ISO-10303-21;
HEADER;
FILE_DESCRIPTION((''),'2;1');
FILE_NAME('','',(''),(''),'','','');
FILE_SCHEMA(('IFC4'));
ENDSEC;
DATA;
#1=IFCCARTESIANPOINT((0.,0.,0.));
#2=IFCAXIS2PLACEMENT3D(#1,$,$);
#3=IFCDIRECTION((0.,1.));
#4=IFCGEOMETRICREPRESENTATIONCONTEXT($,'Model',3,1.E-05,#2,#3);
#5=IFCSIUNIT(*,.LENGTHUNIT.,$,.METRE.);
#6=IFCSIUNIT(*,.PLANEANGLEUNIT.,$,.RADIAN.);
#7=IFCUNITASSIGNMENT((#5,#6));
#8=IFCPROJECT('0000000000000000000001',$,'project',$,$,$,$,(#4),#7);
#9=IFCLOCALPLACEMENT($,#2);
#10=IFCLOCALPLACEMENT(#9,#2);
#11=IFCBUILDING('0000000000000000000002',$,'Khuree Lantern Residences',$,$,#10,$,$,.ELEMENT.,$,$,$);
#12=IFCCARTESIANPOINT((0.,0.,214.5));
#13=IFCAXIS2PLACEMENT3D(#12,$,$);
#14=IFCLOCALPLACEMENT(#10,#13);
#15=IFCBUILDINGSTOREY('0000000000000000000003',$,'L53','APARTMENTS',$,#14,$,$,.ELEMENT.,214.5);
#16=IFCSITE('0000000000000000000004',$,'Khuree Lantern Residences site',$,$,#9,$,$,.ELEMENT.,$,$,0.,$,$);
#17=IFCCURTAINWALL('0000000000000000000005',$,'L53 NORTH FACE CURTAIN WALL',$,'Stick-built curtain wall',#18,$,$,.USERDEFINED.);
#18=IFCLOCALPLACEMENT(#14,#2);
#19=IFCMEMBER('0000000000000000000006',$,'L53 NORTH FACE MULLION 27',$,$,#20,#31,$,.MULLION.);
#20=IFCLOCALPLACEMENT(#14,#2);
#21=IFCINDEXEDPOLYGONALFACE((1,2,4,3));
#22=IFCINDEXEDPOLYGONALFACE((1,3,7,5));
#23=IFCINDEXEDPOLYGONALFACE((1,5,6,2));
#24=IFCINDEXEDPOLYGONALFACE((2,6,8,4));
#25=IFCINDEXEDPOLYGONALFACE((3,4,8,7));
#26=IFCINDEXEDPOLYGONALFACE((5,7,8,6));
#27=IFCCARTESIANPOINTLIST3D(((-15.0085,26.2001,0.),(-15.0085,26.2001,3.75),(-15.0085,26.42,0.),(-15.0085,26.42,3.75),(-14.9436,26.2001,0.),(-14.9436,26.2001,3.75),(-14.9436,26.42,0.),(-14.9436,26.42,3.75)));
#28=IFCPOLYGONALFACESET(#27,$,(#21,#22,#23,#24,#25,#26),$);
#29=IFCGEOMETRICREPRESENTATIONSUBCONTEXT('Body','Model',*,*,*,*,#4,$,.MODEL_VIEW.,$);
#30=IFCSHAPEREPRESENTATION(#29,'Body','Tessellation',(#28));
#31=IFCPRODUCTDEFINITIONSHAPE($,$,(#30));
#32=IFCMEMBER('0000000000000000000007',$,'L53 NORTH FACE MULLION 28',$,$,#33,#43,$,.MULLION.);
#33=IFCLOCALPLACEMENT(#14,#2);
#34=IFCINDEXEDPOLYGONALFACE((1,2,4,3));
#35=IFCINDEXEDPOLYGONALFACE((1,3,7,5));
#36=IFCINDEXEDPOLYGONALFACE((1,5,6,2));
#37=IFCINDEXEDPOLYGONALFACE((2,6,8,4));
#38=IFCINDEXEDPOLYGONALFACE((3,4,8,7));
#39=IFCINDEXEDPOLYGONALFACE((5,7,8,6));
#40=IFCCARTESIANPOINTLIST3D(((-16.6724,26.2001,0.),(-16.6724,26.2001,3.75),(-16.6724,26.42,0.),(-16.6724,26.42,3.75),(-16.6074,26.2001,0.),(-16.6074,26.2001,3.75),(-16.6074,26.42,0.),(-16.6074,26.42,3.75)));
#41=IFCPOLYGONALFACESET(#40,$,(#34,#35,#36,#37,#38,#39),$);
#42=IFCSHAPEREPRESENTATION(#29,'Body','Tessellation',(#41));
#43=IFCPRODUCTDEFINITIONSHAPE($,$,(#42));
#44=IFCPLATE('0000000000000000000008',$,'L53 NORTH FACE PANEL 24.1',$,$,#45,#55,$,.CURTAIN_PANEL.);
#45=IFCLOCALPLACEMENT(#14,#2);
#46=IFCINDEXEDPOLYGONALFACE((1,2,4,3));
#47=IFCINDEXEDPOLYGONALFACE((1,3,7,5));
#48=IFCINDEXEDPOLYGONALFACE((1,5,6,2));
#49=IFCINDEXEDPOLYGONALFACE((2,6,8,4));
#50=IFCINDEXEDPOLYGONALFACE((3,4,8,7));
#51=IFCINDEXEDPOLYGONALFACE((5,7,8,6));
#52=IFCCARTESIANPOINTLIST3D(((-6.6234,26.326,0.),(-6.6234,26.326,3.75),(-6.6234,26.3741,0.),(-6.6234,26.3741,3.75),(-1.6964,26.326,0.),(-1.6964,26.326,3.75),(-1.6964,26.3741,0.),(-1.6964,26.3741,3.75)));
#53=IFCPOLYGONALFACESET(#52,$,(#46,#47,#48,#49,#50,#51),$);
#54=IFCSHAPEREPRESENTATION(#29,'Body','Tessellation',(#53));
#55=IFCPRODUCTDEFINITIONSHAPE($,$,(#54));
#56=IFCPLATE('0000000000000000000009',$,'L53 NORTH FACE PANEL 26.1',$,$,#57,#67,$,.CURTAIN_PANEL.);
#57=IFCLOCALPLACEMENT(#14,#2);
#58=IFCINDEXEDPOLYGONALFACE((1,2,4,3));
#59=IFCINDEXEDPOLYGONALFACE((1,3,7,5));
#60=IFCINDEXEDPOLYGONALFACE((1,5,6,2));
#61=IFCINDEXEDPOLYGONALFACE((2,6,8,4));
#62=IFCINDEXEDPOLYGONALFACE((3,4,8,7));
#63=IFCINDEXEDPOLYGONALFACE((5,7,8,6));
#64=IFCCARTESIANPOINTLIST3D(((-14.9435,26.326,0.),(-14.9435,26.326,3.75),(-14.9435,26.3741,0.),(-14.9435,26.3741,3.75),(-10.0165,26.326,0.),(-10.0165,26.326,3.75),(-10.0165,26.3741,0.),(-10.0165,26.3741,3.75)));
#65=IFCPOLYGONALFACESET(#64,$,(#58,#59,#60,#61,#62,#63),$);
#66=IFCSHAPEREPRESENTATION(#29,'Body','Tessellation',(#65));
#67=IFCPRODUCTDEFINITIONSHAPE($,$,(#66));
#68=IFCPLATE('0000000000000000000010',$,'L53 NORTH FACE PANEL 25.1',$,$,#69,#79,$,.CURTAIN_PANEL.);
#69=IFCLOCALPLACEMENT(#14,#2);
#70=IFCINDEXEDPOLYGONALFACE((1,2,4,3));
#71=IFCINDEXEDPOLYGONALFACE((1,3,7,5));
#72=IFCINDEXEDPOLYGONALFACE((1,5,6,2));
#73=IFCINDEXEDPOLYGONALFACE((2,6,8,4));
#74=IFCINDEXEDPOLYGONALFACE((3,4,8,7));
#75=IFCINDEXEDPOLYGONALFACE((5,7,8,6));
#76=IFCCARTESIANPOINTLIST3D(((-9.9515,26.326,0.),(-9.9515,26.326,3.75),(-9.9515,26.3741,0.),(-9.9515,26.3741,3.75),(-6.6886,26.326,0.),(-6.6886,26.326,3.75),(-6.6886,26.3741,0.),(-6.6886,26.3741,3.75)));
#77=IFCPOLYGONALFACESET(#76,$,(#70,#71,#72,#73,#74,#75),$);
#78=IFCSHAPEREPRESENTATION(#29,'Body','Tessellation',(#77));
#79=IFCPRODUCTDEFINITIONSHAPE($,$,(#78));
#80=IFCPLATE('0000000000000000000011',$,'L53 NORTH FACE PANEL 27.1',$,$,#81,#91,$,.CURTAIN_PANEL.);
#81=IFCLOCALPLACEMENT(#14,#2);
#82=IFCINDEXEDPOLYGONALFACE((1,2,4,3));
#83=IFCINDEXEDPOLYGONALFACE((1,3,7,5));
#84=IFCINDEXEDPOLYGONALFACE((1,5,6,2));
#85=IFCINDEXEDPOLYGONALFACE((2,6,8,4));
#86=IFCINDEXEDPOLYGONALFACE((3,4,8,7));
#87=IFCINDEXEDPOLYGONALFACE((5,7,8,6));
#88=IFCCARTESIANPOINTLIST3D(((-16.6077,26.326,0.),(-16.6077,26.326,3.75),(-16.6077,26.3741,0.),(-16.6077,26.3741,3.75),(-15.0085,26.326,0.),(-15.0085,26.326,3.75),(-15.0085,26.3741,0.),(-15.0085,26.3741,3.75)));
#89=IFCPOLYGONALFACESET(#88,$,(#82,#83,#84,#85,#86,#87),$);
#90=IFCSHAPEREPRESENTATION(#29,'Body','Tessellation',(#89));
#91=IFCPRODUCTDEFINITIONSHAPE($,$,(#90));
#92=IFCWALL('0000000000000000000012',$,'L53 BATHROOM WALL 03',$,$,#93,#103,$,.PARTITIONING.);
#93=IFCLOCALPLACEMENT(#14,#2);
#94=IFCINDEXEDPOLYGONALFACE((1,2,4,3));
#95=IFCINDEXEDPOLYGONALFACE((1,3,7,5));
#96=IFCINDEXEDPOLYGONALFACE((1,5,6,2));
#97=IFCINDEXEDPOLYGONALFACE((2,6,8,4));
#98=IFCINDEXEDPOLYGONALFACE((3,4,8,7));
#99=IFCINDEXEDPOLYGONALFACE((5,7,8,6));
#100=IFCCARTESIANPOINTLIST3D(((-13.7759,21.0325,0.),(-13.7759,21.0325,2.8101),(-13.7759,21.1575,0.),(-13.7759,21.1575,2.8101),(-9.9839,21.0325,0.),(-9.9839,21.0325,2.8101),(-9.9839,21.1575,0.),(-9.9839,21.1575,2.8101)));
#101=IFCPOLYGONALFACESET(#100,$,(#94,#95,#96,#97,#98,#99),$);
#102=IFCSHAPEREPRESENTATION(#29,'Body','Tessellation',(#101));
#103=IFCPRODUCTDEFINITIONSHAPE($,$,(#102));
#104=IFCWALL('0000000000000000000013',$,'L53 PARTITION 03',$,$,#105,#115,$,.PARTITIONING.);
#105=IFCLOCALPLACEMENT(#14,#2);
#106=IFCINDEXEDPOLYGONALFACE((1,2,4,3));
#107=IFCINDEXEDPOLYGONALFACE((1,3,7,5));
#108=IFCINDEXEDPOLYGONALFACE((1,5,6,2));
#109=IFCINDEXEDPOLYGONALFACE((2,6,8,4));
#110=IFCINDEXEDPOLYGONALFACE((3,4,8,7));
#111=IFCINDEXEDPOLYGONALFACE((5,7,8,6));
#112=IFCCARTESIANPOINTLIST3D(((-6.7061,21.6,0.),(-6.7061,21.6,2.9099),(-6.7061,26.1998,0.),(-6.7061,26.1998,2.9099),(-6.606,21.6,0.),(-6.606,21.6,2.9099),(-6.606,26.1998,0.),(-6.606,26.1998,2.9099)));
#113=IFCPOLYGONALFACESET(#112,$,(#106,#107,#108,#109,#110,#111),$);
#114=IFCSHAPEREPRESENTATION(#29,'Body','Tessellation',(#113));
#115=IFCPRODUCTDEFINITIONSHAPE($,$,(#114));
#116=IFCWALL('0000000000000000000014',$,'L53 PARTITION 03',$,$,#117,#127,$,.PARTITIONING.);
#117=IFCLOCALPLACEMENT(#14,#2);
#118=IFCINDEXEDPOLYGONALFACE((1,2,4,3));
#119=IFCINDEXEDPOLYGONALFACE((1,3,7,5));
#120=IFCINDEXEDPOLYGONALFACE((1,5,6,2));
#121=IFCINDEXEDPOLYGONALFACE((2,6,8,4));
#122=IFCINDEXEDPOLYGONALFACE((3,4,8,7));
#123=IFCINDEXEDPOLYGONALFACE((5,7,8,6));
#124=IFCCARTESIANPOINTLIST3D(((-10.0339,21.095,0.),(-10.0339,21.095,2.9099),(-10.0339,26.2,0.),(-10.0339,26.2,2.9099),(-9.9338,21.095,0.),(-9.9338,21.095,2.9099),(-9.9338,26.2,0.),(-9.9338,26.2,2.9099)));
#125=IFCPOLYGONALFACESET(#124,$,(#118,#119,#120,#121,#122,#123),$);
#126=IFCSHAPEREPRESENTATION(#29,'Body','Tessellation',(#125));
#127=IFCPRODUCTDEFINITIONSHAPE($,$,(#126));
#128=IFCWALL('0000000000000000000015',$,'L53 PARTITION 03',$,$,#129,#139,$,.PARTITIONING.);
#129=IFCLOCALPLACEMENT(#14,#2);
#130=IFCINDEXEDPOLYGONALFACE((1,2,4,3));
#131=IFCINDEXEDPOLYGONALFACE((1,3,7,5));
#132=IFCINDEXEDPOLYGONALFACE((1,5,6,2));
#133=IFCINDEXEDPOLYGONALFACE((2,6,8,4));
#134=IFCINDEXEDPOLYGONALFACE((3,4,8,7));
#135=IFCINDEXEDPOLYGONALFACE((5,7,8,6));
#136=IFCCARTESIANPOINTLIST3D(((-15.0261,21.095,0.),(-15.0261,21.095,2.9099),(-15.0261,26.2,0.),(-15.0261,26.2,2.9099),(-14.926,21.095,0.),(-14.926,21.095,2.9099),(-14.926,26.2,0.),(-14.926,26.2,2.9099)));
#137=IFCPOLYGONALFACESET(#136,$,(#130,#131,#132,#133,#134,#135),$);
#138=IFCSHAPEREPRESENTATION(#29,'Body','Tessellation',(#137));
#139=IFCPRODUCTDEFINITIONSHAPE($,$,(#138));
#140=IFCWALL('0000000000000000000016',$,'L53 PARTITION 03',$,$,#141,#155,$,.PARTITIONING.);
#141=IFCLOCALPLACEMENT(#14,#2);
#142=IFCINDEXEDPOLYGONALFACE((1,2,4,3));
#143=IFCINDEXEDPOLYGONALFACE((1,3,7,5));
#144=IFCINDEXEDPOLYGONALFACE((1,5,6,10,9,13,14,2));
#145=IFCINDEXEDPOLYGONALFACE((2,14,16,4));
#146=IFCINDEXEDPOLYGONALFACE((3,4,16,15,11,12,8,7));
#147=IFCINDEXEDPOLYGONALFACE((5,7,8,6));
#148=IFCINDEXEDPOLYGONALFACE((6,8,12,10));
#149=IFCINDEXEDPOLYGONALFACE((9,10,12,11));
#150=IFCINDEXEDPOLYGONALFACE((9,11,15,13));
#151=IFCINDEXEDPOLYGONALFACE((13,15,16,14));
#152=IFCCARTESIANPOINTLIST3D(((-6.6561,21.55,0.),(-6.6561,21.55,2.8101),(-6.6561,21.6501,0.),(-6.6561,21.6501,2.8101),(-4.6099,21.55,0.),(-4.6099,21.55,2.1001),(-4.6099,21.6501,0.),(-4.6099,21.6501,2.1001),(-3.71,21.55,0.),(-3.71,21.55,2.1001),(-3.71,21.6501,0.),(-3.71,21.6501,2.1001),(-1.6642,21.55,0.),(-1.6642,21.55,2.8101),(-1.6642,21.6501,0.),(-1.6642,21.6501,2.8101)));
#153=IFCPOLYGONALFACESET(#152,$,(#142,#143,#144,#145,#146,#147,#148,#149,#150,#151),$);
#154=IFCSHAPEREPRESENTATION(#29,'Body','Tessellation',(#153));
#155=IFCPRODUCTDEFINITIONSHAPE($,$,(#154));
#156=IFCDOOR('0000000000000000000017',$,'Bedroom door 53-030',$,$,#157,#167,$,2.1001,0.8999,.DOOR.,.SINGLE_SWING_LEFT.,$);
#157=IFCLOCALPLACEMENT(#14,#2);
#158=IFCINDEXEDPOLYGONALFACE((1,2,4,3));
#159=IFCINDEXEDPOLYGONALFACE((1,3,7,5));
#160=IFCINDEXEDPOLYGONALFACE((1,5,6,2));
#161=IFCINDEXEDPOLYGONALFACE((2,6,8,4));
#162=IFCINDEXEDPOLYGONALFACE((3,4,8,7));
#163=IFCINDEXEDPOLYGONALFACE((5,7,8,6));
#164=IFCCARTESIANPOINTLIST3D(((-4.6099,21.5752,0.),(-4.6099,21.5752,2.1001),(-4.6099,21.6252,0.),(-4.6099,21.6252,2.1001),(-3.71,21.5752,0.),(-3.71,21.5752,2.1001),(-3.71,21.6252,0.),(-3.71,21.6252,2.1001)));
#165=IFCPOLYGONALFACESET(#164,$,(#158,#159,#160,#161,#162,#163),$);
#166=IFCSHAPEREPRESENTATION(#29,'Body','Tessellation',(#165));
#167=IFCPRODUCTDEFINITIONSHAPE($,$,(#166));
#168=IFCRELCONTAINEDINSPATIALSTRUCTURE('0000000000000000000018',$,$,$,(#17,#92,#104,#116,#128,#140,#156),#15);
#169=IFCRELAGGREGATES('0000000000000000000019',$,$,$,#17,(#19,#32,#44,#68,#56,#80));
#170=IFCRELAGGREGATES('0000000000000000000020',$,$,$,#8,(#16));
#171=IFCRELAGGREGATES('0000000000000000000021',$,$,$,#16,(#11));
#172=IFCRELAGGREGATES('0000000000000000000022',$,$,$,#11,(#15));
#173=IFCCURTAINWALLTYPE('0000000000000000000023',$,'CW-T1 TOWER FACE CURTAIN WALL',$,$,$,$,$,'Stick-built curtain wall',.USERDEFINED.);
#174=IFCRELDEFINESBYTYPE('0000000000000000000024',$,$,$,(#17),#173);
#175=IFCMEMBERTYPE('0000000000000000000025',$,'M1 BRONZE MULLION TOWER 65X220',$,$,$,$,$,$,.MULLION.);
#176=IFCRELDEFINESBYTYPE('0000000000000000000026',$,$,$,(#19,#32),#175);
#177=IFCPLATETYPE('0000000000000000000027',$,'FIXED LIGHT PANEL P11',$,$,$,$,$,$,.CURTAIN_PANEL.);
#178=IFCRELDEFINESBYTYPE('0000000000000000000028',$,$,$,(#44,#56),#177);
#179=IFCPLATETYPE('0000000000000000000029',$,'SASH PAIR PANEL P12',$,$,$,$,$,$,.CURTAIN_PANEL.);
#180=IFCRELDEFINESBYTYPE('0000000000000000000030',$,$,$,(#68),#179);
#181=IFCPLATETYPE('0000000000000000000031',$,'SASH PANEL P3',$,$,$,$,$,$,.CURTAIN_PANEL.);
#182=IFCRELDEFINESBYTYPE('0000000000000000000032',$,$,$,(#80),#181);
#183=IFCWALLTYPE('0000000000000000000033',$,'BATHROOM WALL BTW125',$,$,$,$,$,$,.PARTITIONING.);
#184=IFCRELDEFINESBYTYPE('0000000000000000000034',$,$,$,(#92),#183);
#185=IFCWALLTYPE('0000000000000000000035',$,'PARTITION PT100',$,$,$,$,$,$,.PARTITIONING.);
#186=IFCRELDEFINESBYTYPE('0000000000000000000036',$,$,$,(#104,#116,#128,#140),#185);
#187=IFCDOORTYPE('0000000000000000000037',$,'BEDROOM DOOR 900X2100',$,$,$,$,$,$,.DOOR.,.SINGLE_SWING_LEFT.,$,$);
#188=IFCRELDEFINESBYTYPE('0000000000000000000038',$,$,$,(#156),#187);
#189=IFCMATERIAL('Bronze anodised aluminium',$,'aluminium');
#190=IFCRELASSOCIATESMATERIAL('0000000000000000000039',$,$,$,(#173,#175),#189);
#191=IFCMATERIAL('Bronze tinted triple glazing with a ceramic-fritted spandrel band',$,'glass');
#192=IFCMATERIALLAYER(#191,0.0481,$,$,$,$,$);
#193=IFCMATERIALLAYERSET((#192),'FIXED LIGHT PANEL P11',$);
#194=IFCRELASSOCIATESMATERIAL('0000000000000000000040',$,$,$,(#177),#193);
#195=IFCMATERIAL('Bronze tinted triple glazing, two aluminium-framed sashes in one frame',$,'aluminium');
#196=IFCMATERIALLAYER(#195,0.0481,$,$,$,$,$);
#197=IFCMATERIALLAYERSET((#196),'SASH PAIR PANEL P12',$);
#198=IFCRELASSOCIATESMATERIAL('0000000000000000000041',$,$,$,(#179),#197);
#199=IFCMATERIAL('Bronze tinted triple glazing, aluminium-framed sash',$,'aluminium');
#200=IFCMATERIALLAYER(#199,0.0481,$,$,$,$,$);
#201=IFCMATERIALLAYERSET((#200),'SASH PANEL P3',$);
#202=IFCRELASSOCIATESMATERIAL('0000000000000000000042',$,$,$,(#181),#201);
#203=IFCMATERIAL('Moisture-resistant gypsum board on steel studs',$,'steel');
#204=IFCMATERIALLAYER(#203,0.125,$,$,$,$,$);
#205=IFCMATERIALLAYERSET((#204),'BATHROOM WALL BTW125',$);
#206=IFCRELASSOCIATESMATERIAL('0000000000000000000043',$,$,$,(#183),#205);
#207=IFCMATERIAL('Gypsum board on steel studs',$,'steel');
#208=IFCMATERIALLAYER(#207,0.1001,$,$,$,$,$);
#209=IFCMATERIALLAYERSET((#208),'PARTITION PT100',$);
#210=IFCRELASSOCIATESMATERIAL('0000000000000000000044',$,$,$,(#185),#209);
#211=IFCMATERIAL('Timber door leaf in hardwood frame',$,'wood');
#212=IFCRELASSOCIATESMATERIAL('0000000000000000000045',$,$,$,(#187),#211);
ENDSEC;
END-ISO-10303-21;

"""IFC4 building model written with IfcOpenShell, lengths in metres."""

from ifc_helpers import new_model, si_unit, direction, frame, frame_2d, origin, origin_2d, place, context, subcontext, project, spatial, rectangle, extrude, material, layer, layer_set, material_profile, profile_set, type_object, element, fill, aggregate, save


model = new_model("IFC4")

# Units and contexts
model_context = context("Model", 3, precision=1e-05, world=origin(), true_north=direction((0.0, 1.0)))
body_context = subcontext(model_context, "Body", "Model", "MODEL_VIEW")
ifc_project = project(units=[si_unit("LENGTHUNIT", "METRE"), si_unit("PLANEANGLEUNIT", "RADIAN")], contexts=[model_context])

# Site, building, storey
site_placement = place(None, origin())
site = spatial("IfcSite", under=ifc_project, at=site_placement, Name="Khuree Lantern Residences site", CompositionType="ELEMENT", RefElevation=0.0)
building_placement = place(site_placement, origin())
building = spatial("IfcBuilding", under=site, at=building_placement, Name="Khuree Lantern Residences", CompositionType="ELEMENT")
storey_placement = place(building_placement, frame((0.0, 0.0, 214.5)))
storey = spatial("IfcBuildingStorey", under=building, at=storey_placement, Name="L53", Description="APARTMENTS", CompositionType="ELEMENT", Elevation=214.5)

# Curtain wall
ifc_material_1 = material(Name="Bronze anodised aluminium", Category="aluminium")
curtain_wall_type = type_object("IfcCurtainWallType", Name="CW-T1 TOWER FACE CURTAIN WALL", ElementType="Stick-built curtain wall", PredefinedType="USERDEFINED", material=ifc_material_1)
curtain_wall_placement = place(storey_placement, origin())
curtain_wall = element("IfcCurtainWall", 1, at=curtain_wall_placement, inside=storey, type_object=curtain_wall_type, Name="L53 NORTH FACE CURTAIN WALL", ObjectType="Stick-built curtain wall", PredefinedType="USERDEFINED")

# Members
ifc_material_profile_1 = material_profile(ifc_material_1, rectangle(XDim=0.0649, YDim=0.22, at=origin_2d()), Name="M1 65X220")
ifc_profile_set_1 = profile_set([ifc_material_profile_1], Name="Bronze anodised aluminium")
member_type_1 = type_object("IfcMemberType", Name="M1 BRONZE MULLION TOWER 65X220", PredefinedType="MULLION", material=ifc_profile_set_1)
member_1_placement = place(storey_placement, frame((-14.9761, 26.3101, 0.0), z_axis=(0.0, 0.0, 1.0), x_axis=(-1.0, 0.0, 0.0)))
member_1 = element("IfcMember", 2, at=member_1_placement, type_object=member_type_1, Name="L53 NORTH FACE MULLION 27", PredefinedType="MULLION", context=body_context, shape_type="SweptSolid", body=[
    extrude(rectangle(XDim=0.0649, YDim=0.22, at=origin_2d()), origin(), (0.0, 0.0, 1.0), 3.75),
])
member_2_placement = place(storey_placement, frame((-16.6399, 26.3101, 0.0), z_axis=(0.0, 0.0, 1.0), x_axis=(-1.0, 0.0, 0.0)))
member_2 = element("IfcMember", 3, at=member_2_placement, type_object=member_type_1, Name="L53 NORTH FACE MULLION 28", PredefinedType="MULLION", context=body_context, shape_type="SweptSolid", body=[
    extrude(rectangle(XDim=0.0649, YDim=0.22, at=origin_2d()), origin(), (0.0, 0.0, 1.0), 3.75),
])

# Plates
ifc_material_2 = material(Name="Bronze tinted triple glazing with a ceramic-fritted spandrel band", Category="glass")
ifc_layer_1 = layer(ifc_material_2, 0.0481)
ifc_layer_set_1 = layer_set([ifc_layer_1], Name="FIXED LIGHT PANEL P11")
plate_type_1 = type_object("IfcPlateType", Name="FIXED LIGHT PANEL P11", PredefinedType="CURTAIN_PANEL", material=ifc_layer_set_1)
plate_1_placement = place(storey_placement, frame((-4.1599, 26.3501, 0.0), z_axis=(0.0, 0.0, 1.0), x_axis=(-1.0, 0.0, 0.0)))
plate_1 = element("IfcPlate", 4, at=plate_1_placement, type_object=plate_type_1, Name="L53 NORTH FACE PANEL 24.1", PredefinedType="CURTAIN_PANEL", context=body_context, shape_type="SweptSolid", body=[
    extrude(rectangle(XDim=4.927, YDim=0.0481, at=origin_2d()), origin(), (0.0, 0.0, 1.0), 3.75),
])
plate_2_placement = place(storey_placement, frame((-12.48, 26.3501, 0.0), z_axis=(0.0, 0.0, 1.0), x_axis=(-1.0, 0.0, 0.0)))
plate_2 = element("IfcPlate", 5, at=plate_2_placement, type_object=plate_type_1, Name="L53 NORTH FACE PANEL 26.1", PredefinedType="CURTAIN_PANEL", context=body_context, shape_type="SweptSolid", body=[
    extrude(rectangle(XDim=4.927, YDim=0.0481, at=origin_2d()), origin(), (0.0, 0.0, 1.0), 3.75),
])
ifc_material_3 = material(Name="Bronze tinted triple glazing, two aluminium-framed sashes in one frame", Category="aluminium")
ifc_layer_2 = layer(ifc_material_3, 0.0481)
ifc_layer_set_2 = layer_set([ifc_layer_2], Name="SASH PAIR PANEL P12")
plate_type_2 = type_object("IfcPlateType", Name="SASH PAIR PANEL P12", PredefinedType="CURTAIN_PANEL", material=ifc_layer_set_2)
plate_3_placement = place(storey_placement, frame((-8.3201, 26.3501, 0.0), z_axis=(0.0, 0.0, 1.0), x_axis=(-1.0, 0.0, 0.0)))
plate_3 = element("IfcPlate", 6, at=plate_3_placement, type_object=plate_type_2, Name="L53 NORTH FACE PANEL 25.1", PredefinedType="CURTAIN_PANEL", context=body_context, shape_type="SweptSolid", body=[
    extrude(rectangle(XDim=3.2629, YDim=0.0481, at=origin_2d()), origin(), (0.0, 0.0, 1.0), 3.75),
])
ifc_material_4 = material(Name="Bronze tinted triple glazing, aluminium-framed sash", Category="aluminium")
ifc_layer_3 = layer(ifc_material_4, 0.0481)
ifc_layer_set_3 = layer_set([ifc_layer_3], Name="SASH PANEL P3")
plate_type_3 = type_object("IfcPlateType", Name="SASH PANEL P3", PredefinedType="CURTAIN_PANEL", material=ifc_layer_set_3)
plate_4_placement = place(storey_placement, frame((-15.8081, 26.3501, 0.0), z_axis=(0.0, 0.0, 1.0), x_axis=(-1.0, 0.0, 0.0)))
plate_4 = element("IfcPlate", 7, at=plate_4_placement, type_object=plate_type_3, Name="L53 NORTH FACE PANEL 27.1", PredefinedType="CURTAIN_PANEL", context=body_context, shape_type="SweptSolid", body=[
    extrude(rectangle(XDim=1.5991, YDim=0.0481, at=origin_2d()), origin(), (0.0, 0.0, 1.0), 3.75),
])
aggregate(curtain_wall, [member_1, member_2, plate_1, plate_3, plate_2, plate_4])

# Walls
ifc_material_5 = material(Name="Moisture-resistant gypsum board on steel studs", Category="steel")
ifc_layer_4 = layer(ifc_material_5, 0.125)
ifc_layer_set_4 = layer_set([ifc_layer_4], Name="BATHROOM WALL BTW125")
wall_type_1 = type_object("IfcWallType", Name="BATHROOM WALL BTW125", PredefinedType="PARTITIONING", material=ifc_layer_set_4)
wall_1_placement = place(storey_placement, frame((-9.9839, 21.095, 0.0), z_axis=(0.0, 0.0, 1.0), x_axis=(-1.0, 0.0, 0.0)))
element("IfcWall", 8, at=wall_1_placement, inside=storey, type_object=wall_type_1, Name="L53 BATHROOM WALL 03", PredefinedType="PARTITIONING", context=body_context, shape_type="SweptSolid", body=[
    extrude(rectangle(XDim=3.792, YDim=0.125, at=frame_2d((1.896, 0.0))), origin(), (0.0, 0.0, 1.0), 2.8101),
])
ifc_material_6 = material(Name="Gypsum board on steel studs", Category="steel")
ifc_layer_5 = layer(ifc_material_6, 0.1001)
ifc_layer_set_5 = layer_set([ifc_layer_5], Name="PARTITION PT100")
wall_type_2 = type_object("IfcWallType", Name="PARTITION PT100", PredefinedType="PARTITIONING", material=ifc_layer_set_5)
wall_2_placement = place(storey_placement, frame((-6.656, 21.6001, 0.0), z_axis=(0.0, 0.0, 1.0), x_axis=(0.0, 1.0, 0.0)))
element("IfcWall", 9, at=wall_2_placement, inside=storey, type_object=wall_type_2, Name="L53 PARTITION 03", PredefinedType="PARTITIONING", context=body_context, shape_type="SweptSolid", body=[
    extrude(rectangle(XDim=4.5999, YDim=0.1001, at=frame_2d((2.2998, 0.0))), origin(), (0.0, 0.0, 1.0), 2.9099),
])
for number, where, z_axis, x_axis, name in (
    (10, (-9.9839, 21.095, 0.0), (0.0, 0.0, 1.0), (0.0, 1.0, 0.0), "L53 PARTITION 03"),
    (11, (-14.9761, 21.095, 0.0), (0.0, 0.0, 1.0), (0.0, 1.0, 0.0), "L53 PARTITION 03"),
):
    element("IfcWall", number, at=place(storey_placement, frame(where, z_axis=z_axis, x_axis=x_axis)), inside=storey, type_object=wall_type_2, Name=name, PredefinedType="PARTITIONING", context=body_context, shape_type="SweptSolid", body=[
        extrude(rectangle(XDim=5.105, YDim=0.1001, at=frame_2d((2.5525, 0.0))), origin(), (0.0, 0.0, 1.0), 2.9099),
    ])

# Wall, opening, door
wall_3_placement = place(storey_placement, frame((-1.6641, 21.6001, 0.0), z_axis=(0.0, 0.0, 1.0), x_axis=(-1.0, 0.0, 0.0)))
wall_3 = element("IfcWall", 12, at=wall_3_placement, inside=storey, type_object=wall_type_2, Name="L53 PARTITION 03", PredefinedType="PARTITIONING", context=body_context, shape_type="SweptSolid", body=[
    extrude(rectangle(XDim=4.9919, YDim=0.1001, at=frame_2d((2.4961, 0.0))), origin(), (0.0, 0.0, 1.0), 2.8101),
])
opening_1_placement = place(wall_3_placement, frame((2.0459, 0.0, 0.0)))
opening_1 = element("IfcOpeningElement", 13, at=opening_1_placement, cuts=wall_3, PredefinedType="OPENING", context=body_context, shape_type="SweptSolid", body=[
    extrude(rectangle(XDim=0.8999, YDim=2.1001, at=frame_2d((0.45, 1.05))), frame((0.0, 0.0601, 0.0), z_axis=(0.0, -1.0, 0.0), x_axis=(1.0, 0.0, 0.0)), (0.0, 0.0, 1.0), 0.1201),
])
ifc_material_7 = material(Name="Timber door leaf in hardwood frame", Category="wood")
door_type_1 = type_object("IfcDoorType", Name="BEDROOM DOOR 900X2100", OperationType="SINGLE_SWING_LEFT", PredefinedType="DOOR", material=ifc_material_7)
door_1_placement = place(opening_1_placement, origin())
door_1 = element("IfcDoor", 14, at=door_1_placement, inside=storey, type_object=door_type_1, Name="Bedroom door 53-030", OperationType="SINGLE_SWING_LEFT", OverallHeight=2.1001, OverallWidth=0.8999, PredefinedType="DOOR", context=body_context, shape_type="SweptSolid", body=[
    extrude(rectangle(XDim=0.8999, YDim=2.1001, at=frame_2d((0.45, 1.05))), frame((0.0, 0.0249, 0.0), z_axis=(0.0, -1.0, 0.0), x_axis=(1.0, 0.0, 0.0)), (0.0, 0.0, 1.0), 0.05),
])
fill(opening_1, door_1)

save(model, "model.ifc")
